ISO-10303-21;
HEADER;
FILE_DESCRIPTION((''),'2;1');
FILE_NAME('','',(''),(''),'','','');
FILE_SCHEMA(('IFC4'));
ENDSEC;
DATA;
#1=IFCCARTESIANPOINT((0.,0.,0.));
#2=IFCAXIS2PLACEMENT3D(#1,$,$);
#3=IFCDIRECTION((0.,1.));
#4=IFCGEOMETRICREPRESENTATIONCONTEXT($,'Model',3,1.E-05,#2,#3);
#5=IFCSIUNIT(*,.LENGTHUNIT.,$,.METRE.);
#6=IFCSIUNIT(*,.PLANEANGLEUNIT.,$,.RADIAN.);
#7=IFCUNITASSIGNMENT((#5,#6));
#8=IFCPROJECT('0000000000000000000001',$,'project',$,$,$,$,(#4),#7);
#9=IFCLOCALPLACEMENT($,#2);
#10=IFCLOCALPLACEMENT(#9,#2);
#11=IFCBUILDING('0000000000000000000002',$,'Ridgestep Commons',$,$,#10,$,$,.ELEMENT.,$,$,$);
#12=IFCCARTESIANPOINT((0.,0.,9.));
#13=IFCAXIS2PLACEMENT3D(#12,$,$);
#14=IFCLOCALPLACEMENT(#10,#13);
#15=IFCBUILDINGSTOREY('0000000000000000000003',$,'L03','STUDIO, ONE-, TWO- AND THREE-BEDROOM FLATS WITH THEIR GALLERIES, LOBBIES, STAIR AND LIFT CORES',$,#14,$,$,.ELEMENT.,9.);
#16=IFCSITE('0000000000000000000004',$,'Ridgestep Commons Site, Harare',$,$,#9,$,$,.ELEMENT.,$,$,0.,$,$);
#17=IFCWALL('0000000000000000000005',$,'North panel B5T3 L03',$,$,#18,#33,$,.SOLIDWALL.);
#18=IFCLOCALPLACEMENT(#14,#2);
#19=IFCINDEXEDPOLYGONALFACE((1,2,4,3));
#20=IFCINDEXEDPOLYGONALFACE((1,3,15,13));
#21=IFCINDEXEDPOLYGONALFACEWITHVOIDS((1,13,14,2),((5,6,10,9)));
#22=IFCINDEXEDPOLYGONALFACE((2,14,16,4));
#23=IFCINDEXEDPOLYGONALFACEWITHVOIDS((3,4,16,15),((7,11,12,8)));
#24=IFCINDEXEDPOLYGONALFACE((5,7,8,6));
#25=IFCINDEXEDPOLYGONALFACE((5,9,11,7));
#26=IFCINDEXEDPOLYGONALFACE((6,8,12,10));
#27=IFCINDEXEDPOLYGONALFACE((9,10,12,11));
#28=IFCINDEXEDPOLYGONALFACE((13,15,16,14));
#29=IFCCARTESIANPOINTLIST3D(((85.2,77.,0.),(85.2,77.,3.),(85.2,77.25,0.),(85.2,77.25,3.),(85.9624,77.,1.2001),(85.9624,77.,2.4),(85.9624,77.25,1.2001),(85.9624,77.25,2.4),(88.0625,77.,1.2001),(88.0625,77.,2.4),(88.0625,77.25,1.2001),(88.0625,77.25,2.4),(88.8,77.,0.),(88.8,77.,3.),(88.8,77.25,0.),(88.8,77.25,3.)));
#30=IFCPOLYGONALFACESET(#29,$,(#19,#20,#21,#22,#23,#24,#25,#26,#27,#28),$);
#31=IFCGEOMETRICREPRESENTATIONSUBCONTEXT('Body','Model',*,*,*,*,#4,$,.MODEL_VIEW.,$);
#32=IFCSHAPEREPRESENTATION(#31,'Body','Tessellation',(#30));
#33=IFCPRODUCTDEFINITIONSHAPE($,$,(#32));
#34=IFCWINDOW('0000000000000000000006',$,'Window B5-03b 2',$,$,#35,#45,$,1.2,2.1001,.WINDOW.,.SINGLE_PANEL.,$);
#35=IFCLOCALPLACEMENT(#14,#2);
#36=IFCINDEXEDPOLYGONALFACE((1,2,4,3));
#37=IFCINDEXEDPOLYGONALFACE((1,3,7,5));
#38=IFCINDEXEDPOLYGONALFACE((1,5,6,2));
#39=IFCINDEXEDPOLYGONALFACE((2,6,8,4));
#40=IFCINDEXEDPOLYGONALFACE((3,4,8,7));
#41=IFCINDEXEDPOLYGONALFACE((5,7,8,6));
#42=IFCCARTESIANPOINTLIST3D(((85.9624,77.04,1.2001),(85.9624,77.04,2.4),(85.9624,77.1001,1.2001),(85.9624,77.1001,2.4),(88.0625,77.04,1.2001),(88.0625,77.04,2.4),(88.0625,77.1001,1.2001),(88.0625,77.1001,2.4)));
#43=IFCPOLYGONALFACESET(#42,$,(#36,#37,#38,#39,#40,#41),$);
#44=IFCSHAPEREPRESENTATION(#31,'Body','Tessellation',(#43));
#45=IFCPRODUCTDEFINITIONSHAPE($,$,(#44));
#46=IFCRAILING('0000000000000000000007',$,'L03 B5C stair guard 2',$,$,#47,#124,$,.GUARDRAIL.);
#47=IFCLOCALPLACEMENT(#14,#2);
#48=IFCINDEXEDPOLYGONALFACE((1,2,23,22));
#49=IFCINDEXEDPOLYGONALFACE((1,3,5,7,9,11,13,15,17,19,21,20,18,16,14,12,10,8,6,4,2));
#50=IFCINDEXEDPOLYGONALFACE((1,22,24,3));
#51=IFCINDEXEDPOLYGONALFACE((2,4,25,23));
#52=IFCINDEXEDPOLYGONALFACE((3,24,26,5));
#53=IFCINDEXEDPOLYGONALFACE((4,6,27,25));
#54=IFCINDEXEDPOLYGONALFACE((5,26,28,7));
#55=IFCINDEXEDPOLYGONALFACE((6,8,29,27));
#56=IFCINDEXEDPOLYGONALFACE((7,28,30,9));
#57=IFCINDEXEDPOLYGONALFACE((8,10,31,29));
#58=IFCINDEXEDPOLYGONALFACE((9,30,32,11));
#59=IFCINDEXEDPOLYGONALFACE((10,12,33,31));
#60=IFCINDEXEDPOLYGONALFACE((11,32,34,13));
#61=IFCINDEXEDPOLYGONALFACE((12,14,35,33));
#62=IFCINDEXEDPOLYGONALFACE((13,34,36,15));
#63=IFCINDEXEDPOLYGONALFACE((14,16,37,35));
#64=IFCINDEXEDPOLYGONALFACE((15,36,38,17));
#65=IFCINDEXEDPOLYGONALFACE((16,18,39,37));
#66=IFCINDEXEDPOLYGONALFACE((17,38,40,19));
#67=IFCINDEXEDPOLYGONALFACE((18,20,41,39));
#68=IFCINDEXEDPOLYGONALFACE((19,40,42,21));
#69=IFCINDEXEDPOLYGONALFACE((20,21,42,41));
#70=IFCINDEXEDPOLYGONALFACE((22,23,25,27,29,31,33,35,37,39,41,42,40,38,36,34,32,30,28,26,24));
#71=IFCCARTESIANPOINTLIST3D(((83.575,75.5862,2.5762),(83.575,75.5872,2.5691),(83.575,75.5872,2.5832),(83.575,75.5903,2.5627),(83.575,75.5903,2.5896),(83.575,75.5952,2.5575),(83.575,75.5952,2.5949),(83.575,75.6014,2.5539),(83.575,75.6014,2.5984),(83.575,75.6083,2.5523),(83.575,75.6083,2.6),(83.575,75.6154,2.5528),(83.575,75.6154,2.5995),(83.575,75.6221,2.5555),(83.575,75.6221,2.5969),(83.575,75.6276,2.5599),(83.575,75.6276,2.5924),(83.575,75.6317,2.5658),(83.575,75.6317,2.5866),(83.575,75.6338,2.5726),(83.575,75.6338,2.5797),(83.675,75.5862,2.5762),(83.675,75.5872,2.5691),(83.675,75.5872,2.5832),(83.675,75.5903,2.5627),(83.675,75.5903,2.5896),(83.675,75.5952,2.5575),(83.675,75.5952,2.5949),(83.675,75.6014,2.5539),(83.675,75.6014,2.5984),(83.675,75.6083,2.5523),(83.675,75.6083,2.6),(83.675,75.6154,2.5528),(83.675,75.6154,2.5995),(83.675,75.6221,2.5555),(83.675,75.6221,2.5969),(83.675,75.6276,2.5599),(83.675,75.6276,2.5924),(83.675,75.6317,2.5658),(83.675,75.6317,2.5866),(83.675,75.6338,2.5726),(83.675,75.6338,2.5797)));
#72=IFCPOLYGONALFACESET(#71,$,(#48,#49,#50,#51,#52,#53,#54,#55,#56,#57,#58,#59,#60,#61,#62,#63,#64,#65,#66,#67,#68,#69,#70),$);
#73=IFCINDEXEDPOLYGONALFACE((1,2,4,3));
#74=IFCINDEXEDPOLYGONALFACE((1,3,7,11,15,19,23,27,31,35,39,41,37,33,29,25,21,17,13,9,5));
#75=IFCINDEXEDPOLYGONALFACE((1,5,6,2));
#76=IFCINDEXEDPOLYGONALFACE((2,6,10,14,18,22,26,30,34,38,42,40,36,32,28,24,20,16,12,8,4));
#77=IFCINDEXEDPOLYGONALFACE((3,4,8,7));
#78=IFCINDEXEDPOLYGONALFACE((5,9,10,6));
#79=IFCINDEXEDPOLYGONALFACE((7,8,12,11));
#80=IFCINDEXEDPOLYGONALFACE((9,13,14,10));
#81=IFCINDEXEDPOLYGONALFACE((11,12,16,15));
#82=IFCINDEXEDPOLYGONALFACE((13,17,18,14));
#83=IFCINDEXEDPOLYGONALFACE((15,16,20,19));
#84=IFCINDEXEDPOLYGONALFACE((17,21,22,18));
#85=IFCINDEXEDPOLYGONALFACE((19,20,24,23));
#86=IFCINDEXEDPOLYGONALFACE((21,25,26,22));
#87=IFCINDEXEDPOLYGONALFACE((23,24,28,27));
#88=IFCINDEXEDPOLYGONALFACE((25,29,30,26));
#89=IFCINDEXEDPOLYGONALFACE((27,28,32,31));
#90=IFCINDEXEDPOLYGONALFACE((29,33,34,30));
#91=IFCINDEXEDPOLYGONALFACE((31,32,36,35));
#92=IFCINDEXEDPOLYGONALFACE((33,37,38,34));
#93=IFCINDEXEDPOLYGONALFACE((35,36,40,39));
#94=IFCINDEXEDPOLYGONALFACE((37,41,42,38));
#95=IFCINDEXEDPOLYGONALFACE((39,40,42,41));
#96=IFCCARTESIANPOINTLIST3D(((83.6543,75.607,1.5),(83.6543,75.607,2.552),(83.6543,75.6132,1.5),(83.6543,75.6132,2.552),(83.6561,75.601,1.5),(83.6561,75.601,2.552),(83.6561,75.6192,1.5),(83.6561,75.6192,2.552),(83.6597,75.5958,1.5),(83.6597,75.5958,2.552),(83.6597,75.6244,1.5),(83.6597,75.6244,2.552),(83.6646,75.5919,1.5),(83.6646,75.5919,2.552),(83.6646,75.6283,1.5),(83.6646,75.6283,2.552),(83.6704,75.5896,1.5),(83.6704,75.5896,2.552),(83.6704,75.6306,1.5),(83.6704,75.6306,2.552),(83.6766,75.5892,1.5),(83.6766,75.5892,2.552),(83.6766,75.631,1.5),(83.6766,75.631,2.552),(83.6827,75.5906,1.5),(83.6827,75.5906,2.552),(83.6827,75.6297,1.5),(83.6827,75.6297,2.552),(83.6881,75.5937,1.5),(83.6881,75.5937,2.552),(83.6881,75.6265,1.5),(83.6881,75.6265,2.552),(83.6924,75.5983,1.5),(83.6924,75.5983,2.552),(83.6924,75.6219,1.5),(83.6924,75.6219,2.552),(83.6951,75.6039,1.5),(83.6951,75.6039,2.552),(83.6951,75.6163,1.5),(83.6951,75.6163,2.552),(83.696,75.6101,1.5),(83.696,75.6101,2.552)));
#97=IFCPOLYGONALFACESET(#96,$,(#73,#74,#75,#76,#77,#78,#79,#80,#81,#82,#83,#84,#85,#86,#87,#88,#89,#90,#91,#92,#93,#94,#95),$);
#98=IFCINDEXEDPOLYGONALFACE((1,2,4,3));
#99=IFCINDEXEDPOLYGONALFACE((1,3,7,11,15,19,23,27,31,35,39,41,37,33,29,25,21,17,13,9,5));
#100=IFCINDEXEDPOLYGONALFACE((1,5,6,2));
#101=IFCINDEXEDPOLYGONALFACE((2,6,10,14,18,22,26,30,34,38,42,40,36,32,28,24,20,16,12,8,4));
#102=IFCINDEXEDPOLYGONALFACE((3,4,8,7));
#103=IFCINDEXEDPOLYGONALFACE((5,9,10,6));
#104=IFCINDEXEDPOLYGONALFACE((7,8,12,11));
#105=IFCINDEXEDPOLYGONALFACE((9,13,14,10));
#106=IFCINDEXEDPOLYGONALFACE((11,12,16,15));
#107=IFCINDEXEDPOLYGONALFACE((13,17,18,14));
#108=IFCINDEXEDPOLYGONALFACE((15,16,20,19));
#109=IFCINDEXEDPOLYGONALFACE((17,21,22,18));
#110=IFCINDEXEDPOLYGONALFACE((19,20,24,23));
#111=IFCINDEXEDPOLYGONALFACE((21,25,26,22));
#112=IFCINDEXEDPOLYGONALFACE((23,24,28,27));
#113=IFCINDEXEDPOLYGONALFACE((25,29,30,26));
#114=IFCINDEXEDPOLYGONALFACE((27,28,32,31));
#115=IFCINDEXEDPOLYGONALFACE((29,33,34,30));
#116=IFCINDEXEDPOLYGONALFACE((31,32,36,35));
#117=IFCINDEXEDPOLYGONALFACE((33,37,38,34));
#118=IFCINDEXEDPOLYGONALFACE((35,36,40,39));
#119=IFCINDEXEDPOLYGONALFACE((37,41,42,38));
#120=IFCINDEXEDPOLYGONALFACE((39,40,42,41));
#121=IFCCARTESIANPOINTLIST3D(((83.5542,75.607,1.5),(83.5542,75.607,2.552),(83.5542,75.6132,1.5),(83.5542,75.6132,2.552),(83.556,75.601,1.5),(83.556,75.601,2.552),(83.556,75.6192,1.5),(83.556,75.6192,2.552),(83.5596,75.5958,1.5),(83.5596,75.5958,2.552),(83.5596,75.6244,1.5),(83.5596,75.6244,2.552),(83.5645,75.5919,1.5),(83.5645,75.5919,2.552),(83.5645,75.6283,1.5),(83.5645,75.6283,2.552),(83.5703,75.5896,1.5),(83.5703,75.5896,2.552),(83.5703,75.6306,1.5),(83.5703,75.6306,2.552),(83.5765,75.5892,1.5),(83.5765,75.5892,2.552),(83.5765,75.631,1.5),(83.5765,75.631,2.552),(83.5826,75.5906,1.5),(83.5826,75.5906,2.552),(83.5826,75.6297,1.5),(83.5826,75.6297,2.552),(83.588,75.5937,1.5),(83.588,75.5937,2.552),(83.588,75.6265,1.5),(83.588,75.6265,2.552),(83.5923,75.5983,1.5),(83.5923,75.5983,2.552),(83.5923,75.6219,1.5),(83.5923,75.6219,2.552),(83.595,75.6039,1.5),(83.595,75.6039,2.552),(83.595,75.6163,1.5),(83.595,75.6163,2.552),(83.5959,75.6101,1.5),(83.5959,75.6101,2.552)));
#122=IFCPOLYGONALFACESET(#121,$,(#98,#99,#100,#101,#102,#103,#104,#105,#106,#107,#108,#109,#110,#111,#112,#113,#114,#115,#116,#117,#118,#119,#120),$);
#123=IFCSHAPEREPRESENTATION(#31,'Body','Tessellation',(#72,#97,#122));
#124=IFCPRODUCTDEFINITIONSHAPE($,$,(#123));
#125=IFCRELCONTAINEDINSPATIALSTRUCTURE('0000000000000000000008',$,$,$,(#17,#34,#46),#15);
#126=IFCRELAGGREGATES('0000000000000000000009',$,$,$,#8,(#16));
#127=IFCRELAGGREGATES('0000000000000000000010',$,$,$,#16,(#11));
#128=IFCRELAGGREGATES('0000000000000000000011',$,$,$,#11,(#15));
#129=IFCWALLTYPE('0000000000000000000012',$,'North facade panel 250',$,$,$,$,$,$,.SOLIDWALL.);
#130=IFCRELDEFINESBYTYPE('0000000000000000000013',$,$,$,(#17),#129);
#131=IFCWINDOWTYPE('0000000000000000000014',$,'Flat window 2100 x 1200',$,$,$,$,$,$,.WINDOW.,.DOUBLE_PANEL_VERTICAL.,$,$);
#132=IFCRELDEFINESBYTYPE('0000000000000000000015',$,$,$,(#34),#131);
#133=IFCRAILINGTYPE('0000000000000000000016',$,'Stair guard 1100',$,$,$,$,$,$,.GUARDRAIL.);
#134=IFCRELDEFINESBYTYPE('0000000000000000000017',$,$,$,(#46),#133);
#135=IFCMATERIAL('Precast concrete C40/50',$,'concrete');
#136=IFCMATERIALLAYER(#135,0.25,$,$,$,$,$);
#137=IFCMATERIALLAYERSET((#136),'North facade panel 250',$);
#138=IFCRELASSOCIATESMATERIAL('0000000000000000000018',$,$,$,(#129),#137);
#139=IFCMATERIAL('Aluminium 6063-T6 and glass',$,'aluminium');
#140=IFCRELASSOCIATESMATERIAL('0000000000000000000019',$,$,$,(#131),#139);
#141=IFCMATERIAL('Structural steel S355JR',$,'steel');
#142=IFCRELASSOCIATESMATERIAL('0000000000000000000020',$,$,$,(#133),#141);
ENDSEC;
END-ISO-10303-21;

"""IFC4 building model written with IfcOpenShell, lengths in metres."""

from ifc_helpers import new_model, si_unit, direction, frame, frame_2d, origin, origin_2d, place, context, subcontext, project, spatial, rectangle, circle, extrude, material, layer, layer_set, type_object, element, fill, save


model = new_model("IFC4")

# Units and contexts
model_context = context("Model", 3, precision=1e-05, world=origin(), true_north=direction((0.0, 1.0)))
body_context = subcontext(model_context, "Body", "Model", "MODEL_VIEW")
ifc_project = project(units=[si_unit("LENGTHUNIT", "METRE"), si_unit("PLANEANGLEUNIT", "RADIAN")], contexts=[model_context])

# Site, building, storey
site_placement = place(None, origin())
site = spatial("IfcSite", under=ifc_project, at=site_placement, Name="Ridgestep Commons Site, Harare", CompositionType="ELEMENT", RefElevation=0.0)
building_placement = place(site_placement, origin())
building = spatial("IfcBuilding", under=site, at=building_placement, Name="Ridgestep Commons", CompositionType="ELEMENT")
storey_placement = place(building_placement, frame((0.0, 0.0, 9.0)))
storey = spatial("IfcBuildingStorey", under=building, at=storey_placement, Name="L03", Description="STUDIO, ONE-, TWO- AND THREE-BEDROOM FLATS WITH THEIR GALLERIES, LOBBIES, STAIR AND LIFT CORES", CompositionType="ELEMENT", Elevation=9.0)

# Wall, opening, window
ifc_material_1 = material(Name="Precast concrete C40/50", Category="concrete")
ifc_layer_1 = layer(ifc_material_1, 0.25)
ifc_layer_set_1 = layer_set([ifc_layer_1], Name="North facade panel 250")
wall_type = type_object("IfcWallType", Name="North facade panel 250", PredefinedType="SOLIDWALL", material=ifc_layer_set_1)
wall_placement = place(storey_placement, frame((85.2, 77.125, 0.0), z_axis=(0.0, 0.0, 1.0), x_axis=(1.0, 0.0, 0.0)))
wall = element("IfcWall", 1, at=wall_placement, inside=storey, type_object=wall_type, Name="North panel B5T3 L03", PredefinedType="SOLIDWALL", context=body_context, shape_type="SweptSolid", body=[
    extrude(rectangle(XDim=3.6001, YDim=0.25, at=frame_2d((1.8, 0.0))), origin(), (0.0, 0.0, 1.0), 3.0),
])
opening_placement = place(wall_placement, frame((0.7625, 0.0, 1.2)))
opening = element("IfcOpeningElement", 2, at=opening_placement, cuts=wall, PredefinedType="OPENING", context=body_context, shape_type="SweptSolid", body=[
    extrude(rectangle(XDim=2.1001, YDim=1.2, at=frame_2d((1.05, 0.6001))), frame((0.0, 0.135, 0.0), z_axis=(0.0, -1.0, 0.0), x_axis=(1.0, 0.0, 0.0)), (0.0, 0.0, 1.0), 0.27),
])
ifc_material_2 = material(Name="Aluminium 6063-T6 and glass", Category="aluminium")
window_type = type_object("IfcWindowType", Name="Flat window 2100 x 1200", PartitioningType="DOUBLE_PANEL_VERTICAL", PredefinedType="WINDOW", material=ifc_material_2)
window_placement = place(opening_placement, origin())
window = element("IfcWindow", 3, at=window_placement, inside=storey, type_object=window_type, Name="Window B5-03b 2", OverallHeight=1.2, OverallWidth=2.1001, PartitioningType="SINGLE_PANEL", PredefinedType="WINDOW", context=body_context, shape_type="SweptSolid", body=[
    extrude(rectangle(XDim=2.1001, YDim=1.2, at=frame_2d((1.05, 0.6001))), frame((0.0, -0.0249, 0.0), z_axis=(0.0, -1.0, 0.0), x_axis=(1.0, 0.0, 0.0)), (0.0, 0.0, 1.0), 0.0601),
])
fill(opening, window)

# Railing
ifc_material_3 = material(Name="Structural steel S355JR", Category="steel")
railing_type = type_object("IfcRailingType", Name="Stair guard 1100", PredefinedType="GUARDRAIL", material=ifc_material_3)
railing_1_placement = place(storey_placement, frame((83.675, 75.6101, 1.5)))
element("IfcRailing", 4, at=railing_1_placement, inside=storey, type_object=railing_type, Name="L03 B5C stair guard 2", PredefinedType="GUARDRAIL", context=body_context, shape_type="SweptSolid", body=[
    extrude(circle(Radius=0.0239, at=origin_2d()), frame((0.0, 0.0, 1.0762), z_axis=(-1.0, 0.0, 0.0), x_axis=(0.0, -1.0, 0.0)), (0.0, 0.0, 1.0), 0.1001),
    extrude(circle(Radius=0.021, at=origin_2d()), origin(), (0.0, 0.0, 1.0), 1.052),
    extrude(circle(Radius=0.021, at=origin_2d()), frame((-0.1001, 0.0, 0.0)), (0.0, 0.0, 1.0), 1.052),
])

save(model, "model.ifc")
